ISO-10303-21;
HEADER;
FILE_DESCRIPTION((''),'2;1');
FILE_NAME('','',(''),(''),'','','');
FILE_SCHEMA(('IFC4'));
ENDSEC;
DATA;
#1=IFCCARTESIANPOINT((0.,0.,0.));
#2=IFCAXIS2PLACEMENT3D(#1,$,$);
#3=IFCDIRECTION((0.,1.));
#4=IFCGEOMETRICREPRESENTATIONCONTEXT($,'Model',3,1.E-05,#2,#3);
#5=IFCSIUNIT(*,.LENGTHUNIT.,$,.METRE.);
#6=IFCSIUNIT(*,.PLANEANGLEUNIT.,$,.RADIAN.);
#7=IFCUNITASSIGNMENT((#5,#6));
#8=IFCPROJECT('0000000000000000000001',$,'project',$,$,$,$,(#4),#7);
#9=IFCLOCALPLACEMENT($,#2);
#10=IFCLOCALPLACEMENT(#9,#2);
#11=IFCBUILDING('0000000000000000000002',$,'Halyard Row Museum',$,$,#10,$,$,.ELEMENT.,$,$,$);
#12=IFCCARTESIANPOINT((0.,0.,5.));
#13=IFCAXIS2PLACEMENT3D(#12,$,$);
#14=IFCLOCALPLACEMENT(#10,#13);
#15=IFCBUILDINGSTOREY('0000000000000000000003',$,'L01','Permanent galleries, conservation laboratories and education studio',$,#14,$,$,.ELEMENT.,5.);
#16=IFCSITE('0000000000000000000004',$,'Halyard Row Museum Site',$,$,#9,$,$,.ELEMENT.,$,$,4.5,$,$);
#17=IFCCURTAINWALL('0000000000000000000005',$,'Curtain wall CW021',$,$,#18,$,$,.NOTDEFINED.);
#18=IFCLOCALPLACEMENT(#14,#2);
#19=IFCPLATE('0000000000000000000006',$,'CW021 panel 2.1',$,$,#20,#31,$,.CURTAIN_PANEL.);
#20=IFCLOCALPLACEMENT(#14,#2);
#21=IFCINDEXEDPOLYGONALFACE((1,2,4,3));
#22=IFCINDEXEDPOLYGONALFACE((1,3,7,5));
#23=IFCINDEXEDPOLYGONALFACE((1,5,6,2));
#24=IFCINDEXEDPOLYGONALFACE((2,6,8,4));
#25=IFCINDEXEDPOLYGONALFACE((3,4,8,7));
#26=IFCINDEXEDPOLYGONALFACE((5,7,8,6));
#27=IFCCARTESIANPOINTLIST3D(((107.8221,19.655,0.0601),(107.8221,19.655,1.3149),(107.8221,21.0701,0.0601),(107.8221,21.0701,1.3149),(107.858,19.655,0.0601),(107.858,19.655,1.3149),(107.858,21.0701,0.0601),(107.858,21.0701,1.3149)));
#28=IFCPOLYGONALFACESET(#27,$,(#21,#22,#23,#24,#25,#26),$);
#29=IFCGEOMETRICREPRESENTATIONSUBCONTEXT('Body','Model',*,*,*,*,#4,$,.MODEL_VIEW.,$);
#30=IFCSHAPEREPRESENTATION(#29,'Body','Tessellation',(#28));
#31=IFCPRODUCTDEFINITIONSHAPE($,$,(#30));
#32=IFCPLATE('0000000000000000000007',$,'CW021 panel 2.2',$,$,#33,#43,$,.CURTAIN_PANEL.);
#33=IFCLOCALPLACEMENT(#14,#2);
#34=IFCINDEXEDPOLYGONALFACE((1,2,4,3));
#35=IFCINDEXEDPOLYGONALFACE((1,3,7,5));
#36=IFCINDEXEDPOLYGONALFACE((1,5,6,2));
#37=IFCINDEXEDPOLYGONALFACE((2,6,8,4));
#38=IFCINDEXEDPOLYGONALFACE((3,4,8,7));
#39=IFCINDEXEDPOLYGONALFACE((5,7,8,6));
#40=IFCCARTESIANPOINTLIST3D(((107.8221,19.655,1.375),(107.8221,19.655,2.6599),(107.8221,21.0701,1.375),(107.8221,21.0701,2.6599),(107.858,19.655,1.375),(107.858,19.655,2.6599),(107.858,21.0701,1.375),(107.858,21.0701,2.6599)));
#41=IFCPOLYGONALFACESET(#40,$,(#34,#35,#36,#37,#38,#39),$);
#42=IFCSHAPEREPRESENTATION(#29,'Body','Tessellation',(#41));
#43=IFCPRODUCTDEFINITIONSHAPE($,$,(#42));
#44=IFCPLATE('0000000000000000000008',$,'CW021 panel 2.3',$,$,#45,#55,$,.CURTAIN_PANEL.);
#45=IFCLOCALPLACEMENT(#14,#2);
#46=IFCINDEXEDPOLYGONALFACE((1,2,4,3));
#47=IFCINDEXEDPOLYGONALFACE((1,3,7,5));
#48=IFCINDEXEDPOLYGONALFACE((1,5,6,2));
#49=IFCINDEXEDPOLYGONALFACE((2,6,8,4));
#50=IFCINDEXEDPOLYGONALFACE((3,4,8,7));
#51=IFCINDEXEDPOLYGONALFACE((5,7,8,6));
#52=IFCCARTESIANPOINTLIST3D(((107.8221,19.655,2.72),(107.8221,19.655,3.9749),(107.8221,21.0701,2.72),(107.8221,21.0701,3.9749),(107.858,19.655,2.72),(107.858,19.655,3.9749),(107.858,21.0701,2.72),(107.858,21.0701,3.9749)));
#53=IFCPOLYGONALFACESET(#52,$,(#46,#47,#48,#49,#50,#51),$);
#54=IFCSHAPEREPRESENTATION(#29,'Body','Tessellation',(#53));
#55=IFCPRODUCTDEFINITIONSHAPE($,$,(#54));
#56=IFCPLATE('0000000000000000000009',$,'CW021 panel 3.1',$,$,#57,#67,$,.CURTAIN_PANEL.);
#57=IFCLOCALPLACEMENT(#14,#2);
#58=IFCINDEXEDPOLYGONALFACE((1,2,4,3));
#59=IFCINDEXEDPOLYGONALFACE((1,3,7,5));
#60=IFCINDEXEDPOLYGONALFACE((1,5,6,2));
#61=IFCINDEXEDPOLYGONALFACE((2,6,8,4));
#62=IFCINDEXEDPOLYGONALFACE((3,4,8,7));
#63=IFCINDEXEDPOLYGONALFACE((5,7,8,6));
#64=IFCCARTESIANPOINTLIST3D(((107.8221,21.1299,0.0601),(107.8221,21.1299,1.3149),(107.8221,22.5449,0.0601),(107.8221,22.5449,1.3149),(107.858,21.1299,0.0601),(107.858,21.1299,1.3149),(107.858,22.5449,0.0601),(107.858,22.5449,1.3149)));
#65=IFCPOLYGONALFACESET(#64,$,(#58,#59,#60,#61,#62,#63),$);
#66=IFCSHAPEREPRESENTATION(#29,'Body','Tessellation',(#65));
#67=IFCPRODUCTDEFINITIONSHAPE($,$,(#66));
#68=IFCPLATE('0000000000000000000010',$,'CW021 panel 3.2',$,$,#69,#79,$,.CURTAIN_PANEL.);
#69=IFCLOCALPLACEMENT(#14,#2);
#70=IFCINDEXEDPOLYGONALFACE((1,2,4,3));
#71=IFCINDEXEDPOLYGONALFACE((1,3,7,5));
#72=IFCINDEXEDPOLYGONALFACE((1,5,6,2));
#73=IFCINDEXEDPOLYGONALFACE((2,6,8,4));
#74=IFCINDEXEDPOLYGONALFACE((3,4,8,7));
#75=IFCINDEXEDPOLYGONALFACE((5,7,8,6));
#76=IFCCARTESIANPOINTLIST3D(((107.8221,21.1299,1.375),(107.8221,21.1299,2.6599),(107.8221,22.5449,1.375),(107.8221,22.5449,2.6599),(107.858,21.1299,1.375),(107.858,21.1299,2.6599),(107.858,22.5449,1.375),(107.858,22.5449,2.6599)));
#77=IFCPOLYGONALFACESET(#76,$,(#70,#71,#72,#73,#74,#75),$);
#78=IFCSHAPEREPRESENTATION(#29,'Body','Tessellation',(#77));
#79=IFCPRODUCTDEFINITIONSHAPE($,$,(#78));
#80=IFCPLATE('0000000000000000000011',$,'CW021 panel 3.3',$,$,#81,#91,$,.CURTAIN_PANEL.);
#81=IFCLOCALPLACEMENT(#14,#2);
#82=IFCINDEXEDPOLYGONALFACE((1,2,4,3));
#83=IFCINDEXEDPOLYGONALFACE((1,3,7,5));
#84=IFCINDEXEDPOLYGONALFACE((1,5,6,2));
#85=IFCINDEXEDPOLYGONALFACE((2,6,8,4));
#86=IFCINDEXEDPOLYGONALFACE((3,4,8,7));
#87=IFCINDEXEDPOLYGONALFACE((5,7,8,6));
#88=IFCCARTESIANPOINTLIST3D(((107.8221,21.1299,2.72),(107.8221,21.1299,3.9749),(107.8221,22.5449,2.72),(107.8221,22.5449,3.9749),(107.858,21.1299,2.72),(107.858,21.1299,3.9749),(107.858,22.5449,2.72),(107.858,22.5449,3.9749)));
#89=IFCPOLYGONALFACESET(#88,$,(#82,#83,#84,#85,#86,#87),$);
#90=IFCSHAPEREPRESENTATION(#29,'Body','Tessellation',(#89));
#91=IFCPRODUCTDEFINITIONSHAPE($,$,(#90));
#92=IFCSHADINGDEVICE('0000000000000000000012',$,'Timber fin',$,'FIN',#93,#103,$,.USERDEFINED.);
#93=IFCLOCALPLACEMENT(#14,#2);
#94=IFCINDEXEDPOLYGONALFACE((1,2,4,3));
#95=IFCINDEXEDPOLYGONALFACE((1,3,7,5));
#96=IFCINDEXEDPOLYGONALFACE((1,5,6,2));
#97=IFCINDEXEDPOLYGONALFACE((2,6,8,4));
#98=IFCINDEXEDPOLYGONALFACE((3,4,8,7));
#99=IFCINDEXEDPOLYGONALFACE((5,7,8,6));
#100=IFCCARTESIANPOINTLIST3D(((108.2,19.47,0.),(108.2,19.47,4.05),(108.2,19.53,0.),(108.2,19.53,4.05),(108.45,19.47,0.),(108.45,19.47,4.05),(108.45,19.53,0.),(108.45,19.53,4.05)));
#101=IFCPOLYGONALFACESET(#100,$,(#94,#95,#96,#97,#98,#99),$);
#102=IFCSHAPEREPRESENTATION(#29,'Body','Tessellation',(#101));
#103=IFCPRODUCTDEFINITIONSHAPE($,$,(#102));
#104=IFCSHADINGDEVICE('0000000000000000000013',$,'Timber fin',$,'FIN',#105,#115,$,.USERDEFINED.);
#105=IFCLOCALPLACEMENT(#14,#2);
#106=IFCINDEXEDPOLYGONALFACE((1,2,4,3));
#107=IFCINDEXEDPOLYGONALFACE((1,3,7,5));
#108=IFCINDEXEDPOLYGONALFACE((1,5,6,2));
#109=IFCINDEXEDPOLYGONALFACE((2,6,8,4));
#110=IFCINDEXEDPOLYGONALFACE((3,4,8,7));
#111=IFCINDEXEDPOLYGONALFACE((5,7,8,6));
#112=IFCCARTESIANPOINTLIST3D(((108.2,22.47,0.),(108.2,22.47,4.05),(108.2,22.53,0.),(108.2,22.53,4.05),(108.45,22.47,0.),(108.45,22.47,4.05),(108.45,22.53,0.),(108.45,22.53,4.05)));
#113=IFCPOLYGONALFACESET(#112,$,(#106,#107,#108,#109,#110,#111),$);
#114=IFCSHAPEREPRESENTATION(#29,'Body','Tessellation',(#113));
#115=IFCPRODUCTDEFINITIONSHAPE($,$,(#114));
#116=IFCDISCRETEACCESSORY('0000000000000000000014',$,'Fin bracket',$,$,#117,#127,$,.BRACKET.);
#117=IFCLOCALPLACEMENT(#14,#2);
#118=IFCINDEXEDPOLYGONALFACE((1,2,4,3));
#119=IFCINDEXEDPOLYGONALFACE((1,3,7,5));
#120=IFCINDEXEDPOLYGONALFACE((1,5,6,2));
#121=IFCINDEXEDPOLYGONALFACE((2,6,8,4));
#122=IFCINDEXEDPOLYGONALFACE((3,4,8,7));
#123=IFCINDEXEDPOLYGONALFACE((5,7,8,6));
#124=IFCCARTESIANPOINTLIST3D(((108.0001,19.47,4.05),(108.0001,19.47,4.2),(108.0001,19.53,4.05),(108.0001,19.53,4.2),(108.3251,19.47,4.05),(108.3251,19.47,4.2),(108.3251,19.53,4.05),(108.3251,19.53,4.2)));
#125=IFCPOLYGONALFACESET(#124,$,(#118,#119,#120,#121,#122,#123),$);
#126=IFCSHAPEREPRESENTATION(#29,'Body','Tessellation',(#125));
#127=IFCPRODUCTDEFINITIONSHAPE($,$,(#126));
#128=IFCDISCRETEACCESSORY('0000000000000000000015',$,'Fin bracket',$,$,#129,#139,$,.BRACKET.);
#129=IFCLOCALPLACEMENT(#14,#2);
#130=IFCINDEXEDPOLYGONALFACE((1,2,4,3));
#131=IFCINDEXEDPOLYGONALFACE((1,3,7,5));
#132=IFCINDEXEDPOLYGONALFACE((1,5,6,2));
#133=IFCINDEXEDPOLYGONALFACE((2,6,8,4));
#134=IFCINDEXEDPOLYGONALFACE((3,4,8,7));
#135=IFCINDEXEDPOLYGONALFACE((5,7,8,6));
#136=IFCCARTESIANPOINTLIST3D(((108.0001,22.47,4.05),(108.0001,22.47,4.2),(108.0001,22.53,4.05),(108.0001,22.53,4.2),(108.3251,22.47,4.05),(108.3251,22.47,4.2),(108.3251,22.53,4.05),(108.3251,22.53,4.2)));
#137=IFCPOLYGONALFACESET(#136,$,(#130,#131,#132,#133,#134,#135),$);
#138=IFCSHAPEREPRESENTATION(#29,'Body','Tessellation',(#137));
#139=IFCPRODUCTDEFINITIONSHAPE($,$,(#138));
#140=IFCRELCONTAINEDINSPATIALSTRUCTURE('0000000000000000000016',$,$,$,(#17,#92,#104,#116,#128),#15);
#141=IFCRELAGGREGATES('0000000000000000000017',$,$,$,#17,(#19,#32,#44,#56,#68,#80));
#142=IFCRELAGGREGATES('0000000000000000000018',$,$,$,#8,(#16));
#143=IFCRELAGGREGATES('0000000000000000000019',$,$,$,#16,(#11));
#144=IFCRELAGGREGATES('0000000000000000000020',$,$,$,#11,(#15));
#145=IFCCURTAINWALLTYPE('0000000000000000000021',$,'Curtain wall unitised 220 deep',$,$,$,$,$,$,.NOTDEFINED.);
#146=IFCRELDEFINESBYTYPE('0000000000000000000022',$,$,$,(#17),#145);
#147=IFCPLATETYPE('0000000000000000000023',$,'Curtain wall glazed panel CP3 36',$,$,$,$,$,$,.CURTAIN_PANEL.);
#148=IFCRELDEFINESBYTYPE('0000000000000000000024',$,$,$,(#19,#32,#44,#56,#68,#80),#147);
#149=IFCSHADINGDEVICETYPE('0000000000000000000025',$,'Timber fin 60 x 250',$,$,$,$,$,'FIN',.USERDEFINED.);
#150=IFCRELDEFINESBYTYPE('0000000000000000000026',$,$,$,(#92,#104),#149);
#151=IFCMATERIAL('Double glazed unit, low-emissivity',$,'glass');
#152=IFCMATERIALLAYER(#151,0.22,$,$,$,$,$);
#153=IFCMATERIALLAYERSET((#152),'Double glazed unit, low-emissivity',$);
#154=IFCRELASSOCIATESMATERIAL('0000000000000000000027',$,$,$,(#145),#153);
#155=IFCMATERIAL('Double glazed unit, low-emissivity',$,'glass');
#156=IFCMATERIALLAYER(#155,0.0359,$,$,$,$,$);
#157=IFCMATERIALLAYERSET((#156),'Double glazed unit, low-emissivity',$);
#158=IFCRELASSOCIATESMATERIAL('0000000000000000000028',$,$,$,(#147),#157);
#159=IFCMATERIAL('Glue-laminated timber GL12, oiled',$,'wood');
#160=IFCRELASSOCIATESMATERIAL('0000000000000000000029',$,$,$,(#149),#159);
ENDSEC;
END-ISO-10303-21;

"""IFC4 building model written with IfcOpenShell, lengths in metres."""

from ifc_helpers import new_model, si_unit, direction, frame, origin, origin_2d, place, context, subcontext, project, spatial, rectangle, extrude, material, layer, layer_set, type_object, element, aggregate, save


model = new_model("IFC4")

# Units and contexts
model_context = context("Model", 3, precision=1e-05, world=origin(), true_north=direction((0.0, 1.0)))
body_context = subcontext(model_context, "Body", "Model", "MODEL_VIEW")
ifc_project = project(units=[si_unit("LENGTHUNIT", "METRE"), si_unit("PLANEANGLEUNIT", "RADIAN")], contexts=[model_context])

# Site, building, storey
site_placement = place(None, origin())
site = spatial("IfcSite", under=ifc_project, at=site_placement, Name="Halyard Row Museum Site", CompositionType="ELEMENT", RefElevation=4.5)
building_placement = place(site_placement, origin())
building = spatial("IfcBuilding", under=site, at=building_placement, Name="Halyard Row Museum", CompositionType="ELEMENT")
storey_placement = place(building_placement, frame((0.0, 0.0, 5.0)))
storey = spatial("IfcBuildingStorey", under=building, at=storey_placement, Name="L01", Description="Permanent galleries, conservation laboratories and education studio", CompositionType="ELEMENT", Elevation=5.0)

# Curtain wall, plates
ifc_material_1 = material(Name="Double glazed unit, low-emissivity", Category="glass")
ifc_layer_1 = layer(ifc_material_1, 0.22)
ifc_layer_set_1 = layer_set([ifc_layer_1], Name="Double glazed unit, low-emissivity")
curtain_wall_type = type_object("IfcCurtainWallType", Name="Curtain wall unitised 220 deep", PredefinedType="NOTDEFINED", material=ifc_layer_set_1)
curtain_wall_placement = place(storey_placement, origin())
curtain_wall = element("IfcCurtainWall", 1, at=curtain_wall_placement, inside=storey, type_object=curtain_wall_type, Name="Curtain wall CW021", PredefinedType="NOTDEFINED")
ifc_material_2 = material(Name="Double glazed unit, low-emissivity", Category="glass")
ifc_layer_2 = layer(ifc_material_2, 0.0359)
ifc_layer_set_2 = layer_set([ifc_layer_2], Name="Double glazed unit, low-emissivity")
plate_type = type_object("IfcPlateType", Name="Curtain wall glazed panel CP3 36", PredefinedType="CURTAIN_PANEL", material=ifc_layer_set_2)
plate_1_placement = place(storey_placement, frame((107.8401, 20.3625, 0.0601), z_axis=(0.0, 0.0, 1.0), x_axis=(0.0, 1.0, 0.0)))
plate_1 = element("IfcPlate", 2, at=plate_1_placement, type_object=plate_type, Name="CW021 panel 2.1", PredefinedType="CURTAIN_PANEL", context=body_context, shape_type="SweptSolid", body=[
    extrude(rectangle(XDim=1.415, YDim=0.0359, at=origin_2d()), origin(), (0.0, 0.0, 1.0), 1.2549),
])
plate_2_placement = place(storey_placement, frame((107.8401, 20.3625, 1.375), z_axis=(0.0, 0.0, 1.0), x_axis=(0.0, 1.0, 0.0)))
plate_2 = element("IfcPlate", 3, at=plate_2_placement, type_object=plate_type, Name="CW021 panel 2.2", PredefinedType="CURTAIN_PANEL", context=body_context, shape_type="SweptSolid", body=[
    extrude(rectangle(XDim=1.415, YDim=0.0359, at=origin_2d()), origin(), (0.0, 0.0, 1.0), 1.2849),
])
plate_3_placement = place(storey_placement, frame((107.8401, 20.3625, 2.72), z_axis=(0.0, 0.0, 1.0), x_axis=(0.0, 1.0, 0.0)))
plate_3 = element("IfcPlate", 4, at=plate_3_placement, type_object=plate_type, Name="CW021 panel 2.3", PredefinedType="CURTAIN_PANEL", context=body_context, shape_type="SweptSolid", body=[
    extrude(rectangle(XDim=1.415, YDim=0.0359, at=origin_2d()), origin(), (0.0, 0.0, 1.0), 1.2549),
])
plate_4_placement = place(storey_placement, frame((107.8401, 21.8374, 0.0601), z_axis=(0.0, 0.0, 1.0), x_axis=(0.0, 1.0, 0.0)))
plate_4 = element("IfcPlate", 5, at=plate_4_placement, type_object=plate_type, Name="CW021 panel 3.1", PredefinedType="CURTAIN_PANEL", context=body_context, shape_type="SweptSolid", body=[
    extrude(rectangle(XDim=1.415, YDim=0.0359, at=origin_2d()), origin(), (0.0, 0.0, 1.0), 1.2549),
])
plate_5_placement = place(storey_placement, frame((107.8401, 21.8374, 1.375), z_axis=(0.0, 0.0, 1.0), x_axis=(0.0, 1.0, 0.0)))
plate_5 = element("IfcPlate", 6, at=plate_5_placement, type_object=plate_type, Name="CW021 panel 3.2", PredefinedType="CURTAIN_PANEL", context=body_context, shape_type="SweptSolid", body=[
    extrude(rectangle(XDim=1.415, YDim=0.0359, at=origin_2d()), origin(), (0.0, 0.0, 1.0), 1.2849),
])
plate_6_placement = place(storey_placement, frame((107.8401, 21.8374, 2.72), z_axis=(0.0, 0.0, 1.0), x_axis=(0.0, 1.0, 0.0)))
plate_6 = element("IfcPlate", 7, at=plate_6_placement, type_object=plate_type, Name="CW021 panel 3.3", PredefinedType="CURTAIN_PANEL", context=body_context, shape_type="SweptSolid", body=[
    extrude(rectangle(XDim=1.415, YDim=0.0359, at=origin_2d()), origin(), (0.0, 0.0, 1.0), 1.2549),
])
aggregate(curtain_wall, [plate_1, plate_2, plate_3, plate_4, plate_5, plate_6])

# Shading devices
ifc_material_3 = material(Name="Glue-laminated timber GL12, oiled", Category="wood")
shading_device_type = type_object("IfcShadingDeviceType", Name="Timber fin 60 x 250", ElementType="FIN", PredefinedType="USERDEFINED", material=ifc_material_3)
for number, where, z_axis, x_axis, name in (
    (8, (108.325, 19.5, 0.0), (0.0, 0.0, 1.0), (1.0, 0.0, 0.0), "Timber fin"),
    (9, (108.325, 22.5, 0.0), (0.0, 0.0, 1.0), (1.0, 0.0, 0.0), "Timber fin"),
):
    element("IfcShadingDevice", number, at=place(storey_placement, frame(where, z_axis=z_axis, x_axis=x_axis)), inside=storey, type_object=shading_device_type, Name=name, ObjectType="FIN", PredefinedType="USERDEFINED", context=body_context, shape_type="SweptSolid", body=[
        extrude(rectangle(XDim=0.25, YDim=0.0601, at=origin_2d()), origin(), (0.0, 0.0, 1.0), 4.05),
    ])

# Discrete accessories
for number, where, z_axis, x_axis, name in (
    (10, (108.1626, 19.5, 4.05), (0.0, 0.0, 1.0), (1.0, 0.0, 0.0), "Fin bracket"),
    (11, (108.1626, 22.5, 4.05), (0.0, 0.0, 1.0), (1.0, 0.0, 0.0), "Fin bracket"),
):
    element("IfcDiscreteAccessory", number, at=place(storey_placement, frame(where, z_axis=z_axis, x_axis=x_axis)), inside=storey, Name=name, PredefinedType="BRACKET", context=body_context, shape_type="SweptSolid", body=[
        extrude(rectangle(XDim=0.325, YDim=0.0601, at=origin_2d()), origin(), (0.0, 0.0, 1.0), 0.1499),
    ])

save(model, "model.ifc")
